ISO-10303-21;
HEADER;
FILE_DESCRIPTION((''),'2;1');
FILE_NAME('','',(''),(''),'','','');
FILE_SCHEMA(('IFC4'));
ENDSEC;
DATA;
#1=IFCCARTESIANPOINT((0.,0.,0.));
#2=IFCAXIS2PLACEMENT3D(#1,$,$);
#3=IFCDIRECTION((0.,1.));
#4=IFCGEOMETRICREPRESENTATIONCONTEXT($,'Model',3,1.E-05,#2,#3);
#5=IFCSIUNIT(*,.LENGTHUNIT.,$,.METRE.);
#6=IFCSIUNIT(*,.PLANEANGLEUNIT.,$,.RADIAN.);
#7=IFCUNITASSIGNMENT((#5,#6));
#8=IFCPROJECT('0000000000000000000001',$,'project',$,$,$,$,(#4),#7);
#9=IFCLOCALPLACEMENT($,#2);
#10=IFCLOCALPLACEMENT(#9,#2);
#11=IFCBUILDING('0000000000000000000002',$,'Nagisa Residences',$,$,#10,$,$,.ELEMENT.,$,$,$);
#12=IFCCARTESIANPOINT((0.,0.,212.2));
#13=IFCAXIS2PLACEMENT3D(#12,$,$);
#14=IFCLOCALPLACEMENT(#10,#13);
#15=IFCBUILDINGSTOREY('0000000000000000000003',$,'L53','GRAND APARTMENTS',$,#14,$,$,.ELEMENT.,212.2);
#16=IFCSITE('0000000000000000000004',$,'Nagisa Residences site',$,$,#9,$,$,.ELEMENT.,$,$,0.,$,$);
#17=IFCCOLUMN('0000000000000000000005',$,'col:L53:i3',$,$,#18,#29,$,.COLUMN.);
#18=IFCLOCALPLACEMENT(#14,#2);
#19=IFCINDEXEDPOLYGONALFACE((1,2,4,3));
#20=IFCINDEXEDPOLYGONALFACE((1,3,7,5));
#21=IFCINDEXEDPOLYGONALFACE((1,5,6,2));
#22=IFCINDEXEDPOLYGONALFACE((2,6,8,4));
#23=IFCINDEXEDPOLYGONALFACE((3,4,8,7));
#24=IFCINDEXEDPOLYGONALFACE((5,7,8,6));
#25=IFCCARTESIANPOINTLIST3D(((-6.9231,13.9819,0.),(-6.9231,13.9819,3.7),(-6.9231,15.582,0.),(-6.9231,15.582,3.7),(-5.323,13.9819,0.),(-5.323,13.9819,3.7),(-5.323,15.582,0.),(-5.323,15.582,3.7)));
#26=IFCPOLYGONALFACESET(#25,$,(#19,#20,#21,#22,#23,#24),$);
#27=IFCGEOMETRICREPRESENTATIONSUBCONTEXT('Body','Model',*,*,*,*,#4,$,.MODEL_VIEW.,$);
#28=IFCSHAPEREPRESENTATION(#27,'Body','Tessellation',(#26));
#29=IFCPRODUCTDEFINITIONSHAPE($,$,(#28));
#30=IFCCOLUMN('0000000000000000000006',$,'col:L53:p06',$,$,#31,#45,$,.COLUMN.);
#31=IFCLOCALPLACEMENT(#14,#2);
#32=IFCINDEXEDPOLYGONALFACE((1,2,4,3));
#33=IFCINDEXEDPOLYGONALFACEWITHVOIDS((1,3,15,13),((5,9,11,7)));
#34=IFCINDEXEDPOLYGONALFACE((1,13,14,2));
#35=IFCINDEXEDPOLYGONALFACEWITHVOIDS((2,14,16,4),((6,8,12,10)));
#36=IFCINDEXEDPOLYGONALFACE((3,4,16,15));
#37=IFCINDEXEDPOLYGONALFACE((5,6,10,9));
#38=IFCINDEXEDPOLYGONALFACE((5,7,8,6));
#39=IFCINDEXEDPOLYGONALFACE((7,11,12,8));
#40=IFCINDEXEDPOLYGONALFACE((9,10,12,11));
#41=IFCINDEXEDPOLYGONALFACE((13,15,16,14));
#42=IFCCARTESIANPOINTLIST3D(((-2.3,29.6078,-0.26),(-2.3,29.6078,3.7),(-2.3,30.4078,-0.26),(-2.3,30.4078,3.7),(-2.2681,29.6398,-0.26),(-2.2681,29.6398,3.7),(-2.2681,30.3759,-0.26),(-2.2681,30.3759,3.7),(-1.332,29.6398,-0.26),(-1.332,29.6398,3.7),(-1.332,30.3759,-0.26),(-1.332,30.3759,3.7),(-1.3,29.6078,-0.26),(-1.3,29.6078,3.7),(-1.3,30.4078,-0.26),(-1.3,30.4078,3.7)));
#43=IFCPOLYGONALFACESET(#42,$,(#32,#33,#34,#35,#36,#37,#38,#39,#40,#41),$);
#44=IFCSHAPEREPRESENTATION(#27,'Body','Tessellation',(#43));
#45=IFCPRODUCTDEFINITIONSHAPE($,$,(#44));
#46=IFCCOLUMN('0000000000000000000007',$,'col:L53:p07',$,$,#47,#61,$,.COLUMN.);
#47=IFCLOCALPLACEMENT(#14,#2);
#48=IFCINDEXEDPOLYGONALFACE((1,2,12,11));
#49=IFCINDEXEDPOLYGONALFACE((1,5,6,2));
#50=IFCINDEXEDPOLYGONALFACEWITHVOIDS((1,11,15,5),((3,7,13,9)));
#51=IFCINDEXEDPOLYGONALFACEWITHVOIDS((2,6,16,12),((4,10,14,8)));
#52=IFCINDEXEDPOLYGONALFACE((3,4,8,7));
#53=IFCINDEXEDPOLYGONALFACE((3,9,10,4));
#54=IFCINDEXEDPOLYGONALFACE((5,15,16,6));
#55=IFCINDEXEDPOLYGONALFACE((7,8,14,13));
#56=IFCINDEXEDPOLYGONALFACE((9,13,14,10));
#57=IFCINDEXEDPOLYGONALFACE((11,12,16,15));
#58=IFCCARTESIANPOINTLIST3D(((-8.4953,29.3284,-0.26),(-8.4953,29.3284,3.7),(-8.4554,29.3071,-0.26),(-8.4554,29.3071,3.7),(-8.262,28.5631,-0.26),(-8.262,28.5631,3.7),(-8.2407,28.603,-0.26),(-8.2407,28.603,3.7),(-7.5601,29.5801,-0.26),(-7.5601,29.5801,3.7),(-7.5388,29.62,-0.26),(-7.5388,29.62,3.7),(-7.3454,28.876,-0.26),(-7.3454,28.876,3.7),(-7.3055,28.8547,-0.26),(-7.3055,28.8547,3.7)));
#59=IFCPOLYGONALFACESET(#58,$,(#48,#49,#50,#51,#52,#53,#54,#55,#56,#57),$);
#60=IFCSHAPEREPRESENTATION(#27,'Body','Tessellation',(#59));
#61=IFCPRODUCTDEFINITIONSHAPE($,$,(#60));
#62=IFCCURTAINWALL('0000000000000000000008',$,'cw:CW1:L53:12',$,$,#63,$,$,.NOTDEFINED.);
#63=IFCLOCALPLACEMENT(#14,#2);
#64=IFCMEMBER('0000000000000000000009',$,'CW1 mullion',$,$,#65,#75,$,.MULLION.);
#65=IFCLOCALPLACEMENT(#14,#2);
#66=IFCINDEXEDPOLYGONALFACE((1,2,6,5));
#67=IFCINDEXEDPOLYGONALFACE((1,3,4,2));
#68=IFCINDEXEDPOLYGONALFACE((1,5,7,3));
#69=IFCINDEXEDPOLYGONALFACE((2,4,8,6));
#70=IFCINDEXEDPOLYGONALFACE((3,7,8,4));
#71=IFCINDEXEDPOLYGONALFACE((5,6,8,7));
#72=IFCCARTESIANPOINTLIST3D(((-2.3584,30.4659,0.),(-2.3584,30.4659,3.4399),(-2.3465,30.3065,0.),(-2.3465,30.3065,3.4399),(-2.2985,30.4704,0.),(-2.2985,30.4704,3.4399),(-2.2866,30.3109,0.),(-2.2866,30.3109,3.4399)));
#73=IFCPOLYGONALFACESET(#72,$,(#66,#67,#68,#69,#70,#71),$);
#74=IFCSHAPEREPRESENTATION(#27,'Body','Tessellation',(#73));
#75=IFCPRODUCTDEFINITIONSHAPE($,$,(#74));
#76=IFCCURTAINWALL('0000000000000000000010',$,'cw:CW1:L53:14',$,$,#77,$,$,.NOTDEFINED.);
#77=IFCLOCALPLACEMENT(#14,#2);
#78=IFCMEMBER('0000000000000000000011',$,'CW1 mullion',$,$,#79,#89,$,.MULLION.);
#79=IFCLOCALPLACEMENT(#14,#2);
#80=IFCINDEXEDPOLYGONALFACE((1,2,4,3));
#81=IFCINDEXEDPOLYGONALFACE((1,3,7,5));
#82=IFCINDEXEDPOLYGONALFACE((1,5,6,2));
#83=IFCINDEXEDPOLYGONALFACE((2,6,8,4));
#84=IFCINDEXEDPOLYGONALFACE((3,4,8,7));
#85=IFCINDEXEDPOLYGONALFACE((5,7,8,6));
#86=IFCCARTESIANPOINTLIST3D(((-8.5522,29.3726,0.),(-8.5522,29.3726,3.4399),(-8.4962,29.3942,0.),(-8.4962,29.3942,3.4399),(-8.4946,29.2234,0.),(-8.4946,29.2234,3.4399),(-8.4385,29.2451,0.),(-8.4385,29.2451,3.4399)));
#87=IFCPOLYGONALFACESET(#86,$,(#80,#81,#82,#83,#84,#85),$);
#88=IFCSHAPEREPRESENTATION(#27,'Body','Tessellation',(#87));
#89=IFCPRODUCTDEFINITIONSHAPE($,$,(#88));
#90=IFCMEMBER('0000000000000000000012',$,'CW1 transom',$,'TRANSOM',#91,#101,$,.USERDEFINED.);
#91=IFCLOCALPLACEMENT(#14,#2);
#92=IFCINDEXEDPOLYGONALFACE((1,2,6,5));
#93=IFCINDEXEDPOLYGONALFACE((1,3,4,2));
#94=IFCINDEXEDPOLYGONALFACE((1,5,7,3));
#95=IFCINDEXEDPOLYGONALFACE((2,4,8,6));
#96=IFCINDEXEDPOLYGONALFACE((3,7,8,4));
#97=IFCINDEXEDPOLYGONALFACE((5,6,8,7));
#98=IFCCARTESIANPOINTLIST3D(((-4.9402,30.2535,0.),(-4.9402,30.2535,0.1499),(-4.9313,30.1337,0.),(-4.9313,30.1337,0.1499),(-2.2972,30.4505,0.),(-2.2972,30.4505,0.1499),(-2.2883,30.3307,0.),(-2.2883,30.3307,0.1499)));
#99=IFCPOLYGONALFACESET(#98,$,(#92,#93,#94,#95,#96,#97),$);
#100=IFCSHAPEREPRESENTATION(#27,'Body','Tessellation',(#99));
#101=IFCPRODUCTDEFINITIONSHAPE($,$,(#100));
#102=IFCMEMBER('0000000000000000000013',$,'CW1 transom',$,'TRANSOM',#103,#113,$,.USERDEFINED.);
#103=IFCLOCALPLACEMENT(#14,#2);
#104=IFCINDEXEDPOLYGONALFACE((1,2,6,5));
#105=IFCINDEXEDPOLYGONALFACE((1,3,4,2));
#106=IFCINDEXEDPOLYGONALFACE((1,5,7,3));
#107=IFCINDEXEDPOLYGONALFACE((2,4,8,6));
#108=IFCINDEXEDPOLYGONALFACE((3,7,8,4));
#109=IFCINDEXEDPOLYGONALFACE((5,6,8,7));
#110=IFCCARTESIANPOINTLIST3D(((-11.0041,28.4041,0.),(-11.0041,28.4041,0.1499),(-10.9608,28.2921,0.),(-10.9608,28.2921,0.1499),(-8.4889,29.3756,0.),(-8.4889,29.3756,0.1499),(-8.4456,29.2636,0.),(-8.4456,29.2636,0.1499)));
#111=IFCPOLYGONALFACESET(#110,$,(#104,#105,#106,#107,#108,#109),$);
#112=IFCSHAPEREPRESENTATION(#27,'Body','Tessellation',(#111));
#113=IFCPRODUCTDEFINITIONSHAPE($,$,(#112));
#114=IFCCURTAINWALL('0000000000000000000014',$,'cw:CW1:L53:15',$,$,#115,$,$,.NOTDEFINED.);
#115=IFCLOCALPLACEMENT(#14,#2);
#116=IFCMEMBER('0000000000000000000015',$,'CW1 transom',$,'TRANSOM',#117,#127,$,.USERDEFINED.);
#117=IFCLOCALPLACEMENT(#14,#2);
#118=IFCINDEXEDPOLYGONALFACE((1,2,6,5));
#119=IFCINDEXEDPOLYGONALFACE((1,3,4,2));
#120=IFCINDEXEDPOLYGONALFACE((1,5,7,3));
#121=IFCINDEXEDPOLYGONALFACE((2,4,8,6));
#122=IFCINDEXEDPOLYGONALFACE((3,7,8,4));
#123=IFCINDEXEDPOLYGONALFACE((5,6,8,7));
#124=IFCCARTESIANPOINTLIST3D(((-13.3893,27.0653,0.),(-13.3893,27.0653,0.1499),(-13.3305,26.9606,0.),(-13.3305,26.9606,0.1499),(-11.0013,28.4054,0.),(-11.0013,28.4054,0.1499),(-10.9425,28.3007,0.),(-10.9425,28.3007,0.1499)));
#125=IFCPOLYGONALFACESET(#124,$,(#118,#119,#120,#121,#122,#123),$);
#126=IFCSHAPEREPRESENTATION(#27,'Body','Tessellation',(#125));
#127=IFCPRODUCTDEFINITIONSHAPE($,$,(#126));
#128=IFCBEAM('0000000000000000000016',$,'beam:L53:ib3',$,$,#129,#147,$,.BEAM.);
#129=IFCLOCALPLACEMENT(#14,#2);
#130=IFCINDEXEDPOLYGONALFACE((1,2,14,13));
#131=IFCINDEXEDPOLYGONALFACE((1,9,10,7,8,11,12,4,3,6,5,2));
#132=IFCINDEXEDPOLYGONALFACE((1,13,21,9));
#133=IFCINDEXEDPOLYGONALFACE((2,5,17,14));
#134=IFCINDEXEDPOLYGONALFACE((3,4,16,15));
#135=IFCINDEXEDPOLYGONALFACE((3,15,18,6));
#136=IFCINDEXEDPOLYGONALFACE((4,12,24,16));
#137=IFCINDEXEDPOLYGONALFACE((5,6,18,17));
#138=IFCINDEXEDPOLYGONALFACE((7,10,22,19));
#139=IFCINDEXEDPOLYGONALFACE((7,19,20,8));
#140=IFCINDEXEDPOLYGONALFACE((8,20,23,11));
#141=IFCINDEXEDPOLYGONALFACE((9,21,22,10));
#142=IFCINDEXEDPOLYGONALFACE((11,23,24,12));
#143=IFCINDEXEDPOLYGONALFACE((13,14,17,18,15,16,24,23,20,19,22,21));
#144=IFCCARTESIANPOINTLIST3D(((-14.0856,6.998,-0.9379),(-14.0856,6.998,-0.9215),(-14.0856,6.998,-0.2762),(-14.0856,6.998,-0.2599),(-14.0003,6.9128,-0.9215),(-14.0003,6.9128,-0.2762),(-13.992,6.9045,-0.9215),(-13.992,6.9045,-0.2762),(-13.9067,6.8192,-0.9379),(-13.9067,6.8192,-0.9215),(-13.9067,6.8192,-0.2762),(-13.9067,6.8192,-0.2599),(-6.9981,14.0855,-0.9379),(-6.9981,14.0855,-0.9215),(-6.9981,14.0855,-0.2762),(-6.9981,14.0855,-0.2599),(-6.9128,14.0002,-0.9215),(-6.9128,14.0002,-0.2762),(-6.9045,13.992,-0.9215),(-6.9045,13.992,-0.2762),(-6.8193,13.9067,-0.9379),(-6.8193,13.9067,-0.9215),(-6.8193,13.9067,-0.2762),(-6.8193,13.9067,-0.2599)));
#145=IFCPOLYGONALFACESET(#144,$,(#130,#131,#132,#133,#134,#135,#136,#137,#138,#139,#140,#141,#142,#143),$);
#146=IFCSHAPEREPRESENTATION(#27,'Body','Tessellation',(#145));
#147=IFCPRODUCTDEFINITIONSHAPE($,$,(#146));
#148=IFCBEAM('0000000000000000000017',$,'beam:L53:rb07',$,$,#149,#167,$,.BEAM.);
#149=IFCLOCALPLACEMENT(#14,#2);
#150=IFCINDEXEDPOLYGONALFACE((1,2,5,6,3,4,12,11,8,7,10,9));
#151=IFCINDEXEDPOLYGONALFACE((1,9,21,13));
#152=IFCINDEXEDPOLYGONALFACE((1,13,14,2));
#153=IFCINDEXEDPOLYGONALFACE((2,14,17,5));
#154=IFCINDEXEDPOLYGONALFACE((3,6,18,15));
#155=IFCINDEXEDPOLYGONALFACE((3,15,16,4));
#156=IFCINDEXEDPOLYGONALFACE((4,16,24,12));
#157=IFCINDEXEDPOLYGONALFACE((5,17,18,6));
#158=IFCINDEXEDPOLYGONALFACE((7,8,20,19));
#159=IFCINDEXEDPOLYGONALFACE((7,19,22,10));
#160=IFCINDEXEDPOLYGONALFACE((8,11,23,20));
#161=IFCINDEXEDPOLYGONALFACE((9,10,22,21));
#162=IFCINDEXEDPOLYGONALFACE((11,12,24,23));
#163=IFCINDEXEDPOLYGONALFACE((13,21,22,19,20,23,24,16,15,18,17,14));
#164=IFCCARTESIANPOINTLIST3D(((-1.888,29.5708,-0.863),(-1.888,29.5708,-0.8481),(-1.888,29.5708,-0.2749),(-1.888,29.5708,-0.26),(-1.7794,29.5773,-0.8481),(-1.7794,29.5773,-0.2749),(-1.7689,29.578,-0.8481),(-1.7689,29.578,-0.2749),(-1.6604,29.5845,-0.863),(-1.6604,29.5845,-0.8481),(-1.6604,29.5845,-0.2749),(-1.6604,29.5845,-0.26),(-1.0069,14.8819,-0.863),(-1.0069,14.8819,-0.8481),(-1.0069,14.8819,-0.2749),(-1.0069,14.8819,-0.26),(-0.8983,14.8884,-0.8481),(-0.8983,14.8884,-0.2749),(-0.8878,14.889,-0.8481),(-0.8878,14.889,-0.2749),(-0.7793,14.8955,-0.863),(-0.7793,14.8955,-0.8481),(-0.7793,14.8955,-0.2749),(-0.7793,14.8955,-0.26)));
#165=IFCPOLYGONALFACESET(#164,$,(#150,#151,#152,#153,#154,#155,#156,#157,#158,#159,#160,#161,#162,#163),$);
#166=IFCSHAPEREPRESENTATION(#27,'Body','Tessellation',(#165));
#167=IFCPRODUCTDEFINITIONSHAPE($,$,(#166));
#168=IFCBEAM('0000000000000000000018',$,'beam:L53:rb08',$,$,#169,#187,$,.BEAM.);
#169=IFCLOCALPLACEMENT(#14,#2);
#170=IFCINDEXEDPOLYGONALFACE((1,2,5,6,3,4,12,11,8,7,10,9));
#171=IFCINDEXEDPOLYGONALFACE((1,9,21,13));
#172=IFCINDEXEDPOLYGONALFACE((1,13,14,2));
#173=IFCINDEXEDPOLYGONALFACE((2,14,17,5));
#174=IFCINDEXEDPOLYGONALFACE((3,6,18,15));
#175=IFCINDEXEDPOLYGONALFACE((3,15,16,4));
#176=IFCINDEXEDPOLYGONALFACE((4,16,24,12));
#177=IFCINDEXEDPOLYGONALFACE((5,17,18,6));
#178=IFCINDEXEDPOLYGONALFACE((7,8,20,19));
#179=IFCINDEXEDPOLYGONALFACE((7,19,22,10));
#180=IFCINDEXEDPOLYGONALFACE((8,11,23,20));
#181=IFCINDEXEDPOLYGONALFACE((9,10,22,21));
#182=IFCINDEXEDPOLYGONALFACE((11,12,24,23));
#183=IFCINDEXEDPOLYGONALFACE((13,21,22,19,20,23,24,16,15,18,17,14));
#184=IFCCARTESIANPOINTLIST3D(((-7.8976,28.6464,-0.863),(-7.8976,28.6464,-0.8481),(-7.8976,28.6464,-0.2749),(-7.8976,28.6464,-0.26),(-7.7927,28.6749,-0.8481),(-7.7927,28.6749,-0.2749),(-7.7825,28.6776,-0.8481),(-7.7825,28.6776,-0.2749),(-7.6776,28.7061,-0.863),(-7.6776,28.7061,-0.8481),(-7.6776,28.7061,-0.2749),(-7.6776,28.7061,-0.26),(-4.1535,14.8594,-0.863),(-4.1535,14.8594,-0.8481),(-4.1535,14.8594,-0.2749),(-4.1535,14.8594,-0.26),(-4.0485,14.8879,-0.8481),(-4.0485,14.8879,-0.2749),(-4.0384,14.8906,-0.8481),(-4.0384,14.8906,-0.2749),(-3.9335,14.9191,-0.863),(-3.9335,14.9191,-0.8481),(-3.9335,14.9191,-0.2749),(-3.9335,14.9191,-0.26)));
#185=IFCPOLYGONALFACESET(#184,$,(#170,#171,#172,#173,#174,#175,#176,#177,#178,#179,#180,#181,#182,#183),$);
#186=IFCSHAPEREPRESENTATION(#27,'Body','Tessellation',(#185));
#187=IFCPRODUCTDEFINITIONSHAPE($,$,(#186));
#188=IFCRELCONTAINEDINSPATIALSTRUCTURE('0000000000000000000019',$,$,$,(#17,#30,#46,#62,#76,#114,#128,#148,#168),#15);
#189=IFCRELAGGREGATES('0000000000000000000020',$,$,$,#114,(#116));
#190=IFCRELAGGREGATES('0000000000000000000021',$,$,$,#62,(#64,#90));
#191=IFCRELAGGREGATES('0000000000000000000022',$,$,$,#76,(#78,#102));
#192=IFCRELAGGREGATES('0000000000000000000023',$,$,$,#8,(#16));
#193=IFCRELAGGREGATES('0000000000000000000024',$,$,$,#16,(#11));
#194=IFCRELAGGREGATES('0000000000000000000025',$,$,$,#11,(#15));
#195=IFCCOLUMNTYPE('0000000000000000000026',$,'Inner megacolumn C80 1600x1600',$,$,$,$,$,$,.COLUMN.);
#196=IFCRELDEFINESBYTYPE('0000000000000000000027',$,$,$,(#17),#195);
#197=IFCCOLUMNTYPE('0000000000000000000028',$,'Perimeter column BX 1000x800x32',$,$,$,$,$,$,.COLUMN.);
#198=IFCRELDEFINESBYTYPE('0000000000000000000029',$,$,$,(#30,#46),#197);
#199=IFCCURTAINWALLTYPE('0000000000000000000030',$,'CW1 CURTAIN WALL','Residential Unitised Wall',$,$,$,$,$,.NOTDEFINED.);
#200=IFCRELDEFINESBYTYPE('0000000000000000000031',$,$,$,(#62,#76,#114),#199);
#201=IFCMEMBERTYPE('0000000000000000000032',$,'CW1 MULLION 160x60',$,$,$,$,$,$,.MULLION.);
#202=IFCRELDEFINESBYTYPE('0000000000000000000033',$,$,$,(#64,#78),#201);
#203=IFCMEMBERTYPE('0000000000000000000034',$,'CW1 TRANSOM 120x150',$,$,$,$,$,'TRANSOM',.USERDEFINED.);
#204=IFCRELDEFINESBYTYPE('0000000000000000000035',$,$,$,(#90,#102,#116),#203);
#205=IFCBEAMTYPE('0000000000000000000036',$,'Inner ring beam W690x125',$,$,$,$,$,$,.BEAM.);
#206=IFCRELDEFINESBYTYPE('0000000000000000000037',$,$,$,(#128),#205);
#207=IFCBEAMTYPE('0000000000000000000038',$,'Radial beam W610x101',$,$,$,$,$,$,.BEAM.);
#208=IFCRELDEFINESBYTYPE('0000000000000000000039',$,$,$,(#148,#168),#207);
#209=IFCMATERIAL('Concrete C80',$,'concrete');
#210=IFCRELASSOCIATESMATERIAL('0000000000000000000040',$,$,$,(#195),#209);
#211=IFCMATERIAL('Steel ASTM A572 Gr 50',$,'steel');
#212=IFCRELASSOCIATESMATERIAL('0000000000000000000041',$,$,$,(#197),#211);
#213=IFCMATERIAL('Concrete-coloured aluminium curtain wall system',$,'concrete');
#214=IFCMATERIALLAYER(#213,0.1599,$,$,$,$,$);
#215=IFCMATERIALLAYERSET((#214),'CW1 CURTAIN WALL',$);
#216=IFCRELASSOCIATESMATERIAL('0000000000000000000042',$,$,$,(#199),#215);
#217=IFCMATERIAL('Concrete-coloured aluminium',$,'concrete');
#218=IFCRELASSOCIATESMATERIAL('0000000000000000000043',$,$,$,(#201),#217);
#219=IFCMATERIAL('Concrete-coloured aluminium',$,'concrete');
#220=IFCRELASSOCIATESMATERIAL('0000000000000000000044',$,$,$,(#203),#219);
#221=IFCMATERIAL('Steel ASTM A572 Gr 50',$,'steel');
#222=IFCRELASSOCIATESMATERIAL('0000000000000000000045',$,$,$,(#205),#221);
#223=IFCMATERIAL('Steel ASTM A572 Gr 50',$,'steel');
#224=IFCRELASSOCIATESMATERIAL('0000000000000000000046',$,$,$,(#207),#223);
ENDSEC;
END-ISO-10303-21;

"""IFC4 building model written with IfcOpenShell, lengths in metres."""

from ifc_helpers import new_model, si_unit, direction, frame, origin, origin_2d, place, context, subcontext, project, spatial, rectangle, hollow_rectangle, i_section, extrude, material, layer, layer_set, material_profile, profile_set, type_object, element, aggregate, save


model = new_model("IFC4")

# Units and contexts
model_context = context("Model", 3, precision=1e-05, world=origin(), true_north=direction((0.0, 1.0)))
body_context = subcontext(model_context, "Body", "Model", "MODEL_VIEW")
ifc_project = project(units=[si_unit("LENGTHUNIT", "METRE"), si_unit("PLANEANGLEUNIT", "RADIAN")], contexts=[model_context])

# Site, building, storey
site_placement = place(None, origin())
site = spatial("IfcSite", under=ifc_project, at=site_placement, Name="Nagisa Residences site", CompositionType="ELEMENT", RefElevation=0.0)
building_placement = place(site_placement, origin())
building = spatial("IfcBuilding", under=site, at=building_placement, Name="Nagisa Residences", CompositionType="ELEMENT")
storey_placement = place(building_placement, frame((0.0, 0.0, 212.2)))
storey = spatial("IfcBuildingStorey", under=building, at=storey_placement, Name="L53", Description="GRAND APARTMENTS", CompositionType="ELEMENT", Elevation=212.2)

# Columns
ifc_material_1 = material(Name="Concrete C80", Category="concrete")
ifc_material_profile_1 = material_profile(ifc_material_1, rectangle(XDim=1.6001, YDim=1.6001, at=origin_2d()), Name="C80 1600x1600")
ifc_profile_set_1 = profile_set([ifc_material_profile_1], Name="Concrete C80")
column_type_1 = type_object("IfcColumnType", Name="Inner megacolumn C80 1600x1600", PredefinedType="COLUMN", material=ifc_profile_set_1)
column_placement = place(storey_placement, frame((-6.123, 14.782, 0.0), z_axis=(0.0, 0.0, 1.0), x_axis=(1.0, 0.0, 0.0)))
element("IfcColumn", 1, at=column_placement, inside=storey, type_object=column_type_1, Name="col:L53:i3", PredefinedType="COLUMN", context=body_context, shape_type="SweptSolid", body=[
    extrude(rectangle(XDim=1.6001, YDim=1.6001, at=origin_2d()), origin(), (0.0, 0.0, 1.0), 3.7),
])
ifc_material_2 = material(Name="Steel ASTM A572 Gr 50", Category="steel")
ifc_material_profile_2 = material_profile(ifc_material_2, hollow_rectangle(XDim=1.0, YDim=0.8, WallThickness=0.032, at=origin_2d()), Name="BX 1000x800x32")
ifc_profile_set_2 = profile_set([ifc_material_profile_2], Name="Steel ASTM A572 Gr 50")
column_type_2 = type_object("IfcColumnType", Name="Perimeter column BX 1000x800x32", PredefinedType="COLUMN", material=ifc_profile_set_2)
for number, where, z_axis, x_axis, name in (
    (2, (-1.8, 30.0078, -0.26), (0.0, 0.0, 1.0), (-1.0, 0.0, 0.0), "col:L53:p06"),
    (3, (-7.9004, 29.0916, -0.26), (0.0, 0.0, 1.0), (-0.956525, -0.291652, 0.0), "col:L53:p07"),
):
    element("IfcColumn", number, at=place(storey_placement, frame(where, z_axis=z_axis, x_axis=x_axis)), inside=storey, type_object=column_type_2, Name=name, PredefinedType="COLUMN", context=body_context, shape_type="SweptSolid", body=[
        extrude(hollow_rectangle(XDim=1.0, YDim=0.8, WallThickness=0.032, at=origin_2d()), origin(), (0.0, 0.0, 1.0), 3.96),
    ])

# Curtain walls, members
ifc_material_3 = material(Name="Concrete-coloured aluminium curtain wall system", Category="concrete")
ifc_layer_1 = layer(ifc_material_3, 0.1599)
ifc_layer_set_1 = layer_set([ifc_layer_1], Name="CW1 CURTAIN WALL")
curtain_wall_type = type_object("IfcCurtainWallType", Name="CW1 CURTAIN WALL", Description="Residential Unitised Wall", PredefinedType="NOTDEFINED", material=ifc_layer_set_1)
curtain_wall_1_placement = place(storey_placement, origin())
curtain_wall_1 = element("IfcCurtainWall", 4, at=curtain_wall_1_placement, inside=storey, type_object=curtain_wall_type, Name="cw:CW1:L53:12", PredefinedType="NOTDEFINED")
ifc_material_4 = material(Name="Concrete-coloured aluminium", Category="concrete")
ifc_material_profile_3 = material_profile(ifc_material_4, rectangle(XDim=0.1599, YDim=0.0601, at=origin_2d()), Name="CW1 MULLION 160x60")
ifc_profile_set_3 = profile_set([ifc_material_profile_3], Name="Concrete-coloured aluminium")
member_type_1 = type_object("IfcMemberType", Name="CW1 MULLION 160x60", PredefinedType="MULLION", material=ifc_profile_set_3)
member_1_placement = place(storey_placement, frame((-2.3225, 30.3884, 0.0), z_axis=(0.0, 0.0, 1.0), x_axis=(0.074377, -0.99723, 0.0)))
member_1 = element("IfcMember", 5, at=member_1_placement, type_object=member_type_1, Name="CW1 mullion", PredefinedType="MULLION", context=body_context, shape_type="SweptSolid", body=[
    extrude(rectangle(XDim=0.1599, YDim=0.0601, at=origin_2d()), origin(), (0.0, 0.0, 1.0), 3.4399),
])
curtain_wall_2_placement = place(storey_placement, origin())
curtain_wall_2 = element("IfcCurtainWall", 6, at=curtain_wall_2_placement, inside=storey, type_object=curtain_wall_type, Name="cw:CW1:L53:14", PredefinedType="NOTDEFINED")
member_2_placement = place(storey_placement, frame((-8.4954, 29.3088, 0.0), z_axis=(0.0, 0.0, 1.0), x_axis=(0.360328, -0.932826, 0.0)))
member_2 = element("IfcMember", 7, at=member_2_placement, type_object=member_type_1, Name="CW1 mullion", PredefinedType="MULLION", context=body_context, shape_type="SweptSolid", body=[
    extrude(rectangle(XDim=0.1599, YDim=0.0601, at=origin_2d()), origin(), (0.0, 0.0, 1.0), 3.4399),
])

# Members
ifc_material_5 = material(Name="Concrete-coloured aluminium", Category="concrete")
ifc_material_profile_4 = material_profile(ifc_material_5, rectangle(XDim=0.1201, YDim=0.1499, at=origin_2d()), Name="CW1 TRANSOM 120x150")
ifc_profile_set_4 = profile_set([ifc_material_profile_4], Name="Concrete-coloured aluminium")
member_type_2 = type_object("IfcMemberType", Name="CW1 TRANSOM 120x150", ElementType="TRANSOM", PredefinedType="USERDEFINED", material=ifc_profile_set_4)
member_3_placement = place(storey_placement, frame((-2.2927, 30.3906, 0.075), z_axis=(-0.997233, -0.074337, 0.0), x_axis=(0.074337, -0.997233, 0.0)))
member_3 = element("IfcMember", 8, at=member_3_placement, type_object=member_type_2, Name="CW1 transom", ObjectType="TRANSOM", PredefinedType="USERDEFINED", context=body_context, shape_type="SweptSolid", body=[
    extrude(rectangle(XDim=0.1201, YDim=0.1499, at=origin_2d()), origin(), (0.0, 0.0, 1.0), 2.6504),
])
member_4_placement = place(storey_placement, frame((-8.4673, 29.3196, 0.075), z_axis=(-0.932838, -0.360295, 0.0), x_axis=(0.360295, -0.932838, 0.0)))
member_4 = element("IfcMember", 9, at=member_4_placement, type_object=member_type_2, Name="CW1 transom", ObjectType="TRANSOM", PredefinedType="USERDEFINED", context=body_context, shape_type="SweptSolid", body=[
    extrude(rectangle(XDim=0.1201, YDim=0.1499, at=origin_2d()), origin(), (0.0, 0.0, 1.0), 2.6963),
])

# Curtain wall, member
curtain_wall_3_placement = place(storey_placement, origin())
curtain_wall_3 = element("IfcCurtainWall", 10, at=curtain_wall_3_placement, inside=storey, type_object=curtain_wall_type, Name="cw:CW1:L53:15", PredefinedType="NOTDEFINED")
member_5_placement = place(storey_placement, frame((-10.9719, 28.353, 0.075), z_axis=(-0.872063, -0.489393, 0.0), x_axis=(0.489393, -0.872063, 0.0)))
member_5 = element("IfcMember", 11, at=member_5_placement, type_object=member_type_2, Name="CW1 transom", ObjectType="TRANSOM", PredefinedType="USERDEFINED", context=body_context, shape_type="SweptSolid", body=[
    extrude(rectangle(XDim=0.1201, YDim=0.1499, at=origin_2d()), origin(), (0.0, 0.0, 1.0), 2.7383),
])
aggregate(curtain_wall_3, [member_5])

# Beams
ifc_material_6 = material(Name="Steel ASTM A572 Gr 50", Category="steel")
ifc_material_profile_5 = material_profile(ifc_material_6, i_section(OverallWidth=0.2529, OverallDepth=0.678, WebThickness=0.0117, FlangeThickness=0.0164, at=origin_2d()), Name="W690x125")
ifc_profile_set_5 = profile_set([ifc_material_profile_5], Name="Steel ASTM A572 Gr 50")
beam_type_1 = type_object("IfcBeamType", Name="Inner ring beam W690x125", PredefinedType="BEAM", material=ifc_profile_set_5)
beam_1_placement = place(storey_placement, frame((-6.9087, 13.9961, -0.5989), z_axis=(-0.707107, -0.707107, 0.0), x_axis=(0.707107, -0.707107, 0.0)))
element("IfcBeam", 12, at=beam_1_placement, inside=storey, type_object=beam_type_1, Name="beam:L53:ib3", PredefinedType="BEAM", context=body_context, shape_type="SweptSolid", body=[
    extrude(i_section(OverallWidth=0.2529, OverallDepth=0.678, WebThickness=0.0117, FlangeThickness=0.0164, at=origin_2d()), origin(), (0.0, 0.0, 1.0), 10.0232),
])
ifc_material_7 = material(Name="Steel ASTM A572 Gr 50", Category="steel")
ifc_material_profile_6 = material_profile(ifc_material_7, i_section(OverallWidth=0.228, OverallDepth=0.603, WebThickness=0.0105, FlangeThickness=0.0149, at=origin_2d()), Name="W610x101")
ifc_profile_set_6 = profile_set([ifc_material_profile_6], Name="Steel ASTM A572 Gr 50")
beam_type_2 = type_object("IfcBeamType", Name="Radial beam W610x101", PredefinedType="BEAM", material=ifc_profile_set_6)
beam_2_placement = place(storey_placement, frame((-1.7742, 29.5776, -0.5615), z_axis=(0.059876, -0.998206, 0.0), x_axis=(0.998206, 0.059876, 0.0)))
element("IfcBeam", 13, at=beam_2_placement, inside=storey, type_object=beam_type_2, Name="beam:L53:rb07", PredefinedType="BEAM", context=body_context, shape_type="SweptSolid", body=[
    extrude(i_section(OverallWidth=0.228, OverallDepth=0.603, WebThickness=0.0105, FlangeThickness=0.0149, at=origin_2d()), origin(), (0.0, 0.0, 1.0), 14.7153),
])
beam_3_placement = place(storey_placement, frame((-7.7876, 28.6763, -0.5615), z_axis=(0.262076, -0.965047, 0.0), x_axis=(0.965047, 0.262076, 0.0)))
element("IfcBeam", 14, at=beam_3_placement, inside=storey, type_object=beam_type_2, Name="beam:L53:rb08", PredefinedType="BEAM", context=body_context, shape_type="SweptSolid", body=[
    extrude(i_section(OverallWidth=0.228, OverallDepth=0.603, WebThickness=0.0105, FlangeThickness=0.0149, at=origin_2d()), origin(), (0.0, 0.0, 1.0), 14.2864),
])

aggregate(curtain_wall_1, [member_1, member_3])
aggregate(curtain_wall_2, [member_2, member_4])

save(model, "model.ifc")
